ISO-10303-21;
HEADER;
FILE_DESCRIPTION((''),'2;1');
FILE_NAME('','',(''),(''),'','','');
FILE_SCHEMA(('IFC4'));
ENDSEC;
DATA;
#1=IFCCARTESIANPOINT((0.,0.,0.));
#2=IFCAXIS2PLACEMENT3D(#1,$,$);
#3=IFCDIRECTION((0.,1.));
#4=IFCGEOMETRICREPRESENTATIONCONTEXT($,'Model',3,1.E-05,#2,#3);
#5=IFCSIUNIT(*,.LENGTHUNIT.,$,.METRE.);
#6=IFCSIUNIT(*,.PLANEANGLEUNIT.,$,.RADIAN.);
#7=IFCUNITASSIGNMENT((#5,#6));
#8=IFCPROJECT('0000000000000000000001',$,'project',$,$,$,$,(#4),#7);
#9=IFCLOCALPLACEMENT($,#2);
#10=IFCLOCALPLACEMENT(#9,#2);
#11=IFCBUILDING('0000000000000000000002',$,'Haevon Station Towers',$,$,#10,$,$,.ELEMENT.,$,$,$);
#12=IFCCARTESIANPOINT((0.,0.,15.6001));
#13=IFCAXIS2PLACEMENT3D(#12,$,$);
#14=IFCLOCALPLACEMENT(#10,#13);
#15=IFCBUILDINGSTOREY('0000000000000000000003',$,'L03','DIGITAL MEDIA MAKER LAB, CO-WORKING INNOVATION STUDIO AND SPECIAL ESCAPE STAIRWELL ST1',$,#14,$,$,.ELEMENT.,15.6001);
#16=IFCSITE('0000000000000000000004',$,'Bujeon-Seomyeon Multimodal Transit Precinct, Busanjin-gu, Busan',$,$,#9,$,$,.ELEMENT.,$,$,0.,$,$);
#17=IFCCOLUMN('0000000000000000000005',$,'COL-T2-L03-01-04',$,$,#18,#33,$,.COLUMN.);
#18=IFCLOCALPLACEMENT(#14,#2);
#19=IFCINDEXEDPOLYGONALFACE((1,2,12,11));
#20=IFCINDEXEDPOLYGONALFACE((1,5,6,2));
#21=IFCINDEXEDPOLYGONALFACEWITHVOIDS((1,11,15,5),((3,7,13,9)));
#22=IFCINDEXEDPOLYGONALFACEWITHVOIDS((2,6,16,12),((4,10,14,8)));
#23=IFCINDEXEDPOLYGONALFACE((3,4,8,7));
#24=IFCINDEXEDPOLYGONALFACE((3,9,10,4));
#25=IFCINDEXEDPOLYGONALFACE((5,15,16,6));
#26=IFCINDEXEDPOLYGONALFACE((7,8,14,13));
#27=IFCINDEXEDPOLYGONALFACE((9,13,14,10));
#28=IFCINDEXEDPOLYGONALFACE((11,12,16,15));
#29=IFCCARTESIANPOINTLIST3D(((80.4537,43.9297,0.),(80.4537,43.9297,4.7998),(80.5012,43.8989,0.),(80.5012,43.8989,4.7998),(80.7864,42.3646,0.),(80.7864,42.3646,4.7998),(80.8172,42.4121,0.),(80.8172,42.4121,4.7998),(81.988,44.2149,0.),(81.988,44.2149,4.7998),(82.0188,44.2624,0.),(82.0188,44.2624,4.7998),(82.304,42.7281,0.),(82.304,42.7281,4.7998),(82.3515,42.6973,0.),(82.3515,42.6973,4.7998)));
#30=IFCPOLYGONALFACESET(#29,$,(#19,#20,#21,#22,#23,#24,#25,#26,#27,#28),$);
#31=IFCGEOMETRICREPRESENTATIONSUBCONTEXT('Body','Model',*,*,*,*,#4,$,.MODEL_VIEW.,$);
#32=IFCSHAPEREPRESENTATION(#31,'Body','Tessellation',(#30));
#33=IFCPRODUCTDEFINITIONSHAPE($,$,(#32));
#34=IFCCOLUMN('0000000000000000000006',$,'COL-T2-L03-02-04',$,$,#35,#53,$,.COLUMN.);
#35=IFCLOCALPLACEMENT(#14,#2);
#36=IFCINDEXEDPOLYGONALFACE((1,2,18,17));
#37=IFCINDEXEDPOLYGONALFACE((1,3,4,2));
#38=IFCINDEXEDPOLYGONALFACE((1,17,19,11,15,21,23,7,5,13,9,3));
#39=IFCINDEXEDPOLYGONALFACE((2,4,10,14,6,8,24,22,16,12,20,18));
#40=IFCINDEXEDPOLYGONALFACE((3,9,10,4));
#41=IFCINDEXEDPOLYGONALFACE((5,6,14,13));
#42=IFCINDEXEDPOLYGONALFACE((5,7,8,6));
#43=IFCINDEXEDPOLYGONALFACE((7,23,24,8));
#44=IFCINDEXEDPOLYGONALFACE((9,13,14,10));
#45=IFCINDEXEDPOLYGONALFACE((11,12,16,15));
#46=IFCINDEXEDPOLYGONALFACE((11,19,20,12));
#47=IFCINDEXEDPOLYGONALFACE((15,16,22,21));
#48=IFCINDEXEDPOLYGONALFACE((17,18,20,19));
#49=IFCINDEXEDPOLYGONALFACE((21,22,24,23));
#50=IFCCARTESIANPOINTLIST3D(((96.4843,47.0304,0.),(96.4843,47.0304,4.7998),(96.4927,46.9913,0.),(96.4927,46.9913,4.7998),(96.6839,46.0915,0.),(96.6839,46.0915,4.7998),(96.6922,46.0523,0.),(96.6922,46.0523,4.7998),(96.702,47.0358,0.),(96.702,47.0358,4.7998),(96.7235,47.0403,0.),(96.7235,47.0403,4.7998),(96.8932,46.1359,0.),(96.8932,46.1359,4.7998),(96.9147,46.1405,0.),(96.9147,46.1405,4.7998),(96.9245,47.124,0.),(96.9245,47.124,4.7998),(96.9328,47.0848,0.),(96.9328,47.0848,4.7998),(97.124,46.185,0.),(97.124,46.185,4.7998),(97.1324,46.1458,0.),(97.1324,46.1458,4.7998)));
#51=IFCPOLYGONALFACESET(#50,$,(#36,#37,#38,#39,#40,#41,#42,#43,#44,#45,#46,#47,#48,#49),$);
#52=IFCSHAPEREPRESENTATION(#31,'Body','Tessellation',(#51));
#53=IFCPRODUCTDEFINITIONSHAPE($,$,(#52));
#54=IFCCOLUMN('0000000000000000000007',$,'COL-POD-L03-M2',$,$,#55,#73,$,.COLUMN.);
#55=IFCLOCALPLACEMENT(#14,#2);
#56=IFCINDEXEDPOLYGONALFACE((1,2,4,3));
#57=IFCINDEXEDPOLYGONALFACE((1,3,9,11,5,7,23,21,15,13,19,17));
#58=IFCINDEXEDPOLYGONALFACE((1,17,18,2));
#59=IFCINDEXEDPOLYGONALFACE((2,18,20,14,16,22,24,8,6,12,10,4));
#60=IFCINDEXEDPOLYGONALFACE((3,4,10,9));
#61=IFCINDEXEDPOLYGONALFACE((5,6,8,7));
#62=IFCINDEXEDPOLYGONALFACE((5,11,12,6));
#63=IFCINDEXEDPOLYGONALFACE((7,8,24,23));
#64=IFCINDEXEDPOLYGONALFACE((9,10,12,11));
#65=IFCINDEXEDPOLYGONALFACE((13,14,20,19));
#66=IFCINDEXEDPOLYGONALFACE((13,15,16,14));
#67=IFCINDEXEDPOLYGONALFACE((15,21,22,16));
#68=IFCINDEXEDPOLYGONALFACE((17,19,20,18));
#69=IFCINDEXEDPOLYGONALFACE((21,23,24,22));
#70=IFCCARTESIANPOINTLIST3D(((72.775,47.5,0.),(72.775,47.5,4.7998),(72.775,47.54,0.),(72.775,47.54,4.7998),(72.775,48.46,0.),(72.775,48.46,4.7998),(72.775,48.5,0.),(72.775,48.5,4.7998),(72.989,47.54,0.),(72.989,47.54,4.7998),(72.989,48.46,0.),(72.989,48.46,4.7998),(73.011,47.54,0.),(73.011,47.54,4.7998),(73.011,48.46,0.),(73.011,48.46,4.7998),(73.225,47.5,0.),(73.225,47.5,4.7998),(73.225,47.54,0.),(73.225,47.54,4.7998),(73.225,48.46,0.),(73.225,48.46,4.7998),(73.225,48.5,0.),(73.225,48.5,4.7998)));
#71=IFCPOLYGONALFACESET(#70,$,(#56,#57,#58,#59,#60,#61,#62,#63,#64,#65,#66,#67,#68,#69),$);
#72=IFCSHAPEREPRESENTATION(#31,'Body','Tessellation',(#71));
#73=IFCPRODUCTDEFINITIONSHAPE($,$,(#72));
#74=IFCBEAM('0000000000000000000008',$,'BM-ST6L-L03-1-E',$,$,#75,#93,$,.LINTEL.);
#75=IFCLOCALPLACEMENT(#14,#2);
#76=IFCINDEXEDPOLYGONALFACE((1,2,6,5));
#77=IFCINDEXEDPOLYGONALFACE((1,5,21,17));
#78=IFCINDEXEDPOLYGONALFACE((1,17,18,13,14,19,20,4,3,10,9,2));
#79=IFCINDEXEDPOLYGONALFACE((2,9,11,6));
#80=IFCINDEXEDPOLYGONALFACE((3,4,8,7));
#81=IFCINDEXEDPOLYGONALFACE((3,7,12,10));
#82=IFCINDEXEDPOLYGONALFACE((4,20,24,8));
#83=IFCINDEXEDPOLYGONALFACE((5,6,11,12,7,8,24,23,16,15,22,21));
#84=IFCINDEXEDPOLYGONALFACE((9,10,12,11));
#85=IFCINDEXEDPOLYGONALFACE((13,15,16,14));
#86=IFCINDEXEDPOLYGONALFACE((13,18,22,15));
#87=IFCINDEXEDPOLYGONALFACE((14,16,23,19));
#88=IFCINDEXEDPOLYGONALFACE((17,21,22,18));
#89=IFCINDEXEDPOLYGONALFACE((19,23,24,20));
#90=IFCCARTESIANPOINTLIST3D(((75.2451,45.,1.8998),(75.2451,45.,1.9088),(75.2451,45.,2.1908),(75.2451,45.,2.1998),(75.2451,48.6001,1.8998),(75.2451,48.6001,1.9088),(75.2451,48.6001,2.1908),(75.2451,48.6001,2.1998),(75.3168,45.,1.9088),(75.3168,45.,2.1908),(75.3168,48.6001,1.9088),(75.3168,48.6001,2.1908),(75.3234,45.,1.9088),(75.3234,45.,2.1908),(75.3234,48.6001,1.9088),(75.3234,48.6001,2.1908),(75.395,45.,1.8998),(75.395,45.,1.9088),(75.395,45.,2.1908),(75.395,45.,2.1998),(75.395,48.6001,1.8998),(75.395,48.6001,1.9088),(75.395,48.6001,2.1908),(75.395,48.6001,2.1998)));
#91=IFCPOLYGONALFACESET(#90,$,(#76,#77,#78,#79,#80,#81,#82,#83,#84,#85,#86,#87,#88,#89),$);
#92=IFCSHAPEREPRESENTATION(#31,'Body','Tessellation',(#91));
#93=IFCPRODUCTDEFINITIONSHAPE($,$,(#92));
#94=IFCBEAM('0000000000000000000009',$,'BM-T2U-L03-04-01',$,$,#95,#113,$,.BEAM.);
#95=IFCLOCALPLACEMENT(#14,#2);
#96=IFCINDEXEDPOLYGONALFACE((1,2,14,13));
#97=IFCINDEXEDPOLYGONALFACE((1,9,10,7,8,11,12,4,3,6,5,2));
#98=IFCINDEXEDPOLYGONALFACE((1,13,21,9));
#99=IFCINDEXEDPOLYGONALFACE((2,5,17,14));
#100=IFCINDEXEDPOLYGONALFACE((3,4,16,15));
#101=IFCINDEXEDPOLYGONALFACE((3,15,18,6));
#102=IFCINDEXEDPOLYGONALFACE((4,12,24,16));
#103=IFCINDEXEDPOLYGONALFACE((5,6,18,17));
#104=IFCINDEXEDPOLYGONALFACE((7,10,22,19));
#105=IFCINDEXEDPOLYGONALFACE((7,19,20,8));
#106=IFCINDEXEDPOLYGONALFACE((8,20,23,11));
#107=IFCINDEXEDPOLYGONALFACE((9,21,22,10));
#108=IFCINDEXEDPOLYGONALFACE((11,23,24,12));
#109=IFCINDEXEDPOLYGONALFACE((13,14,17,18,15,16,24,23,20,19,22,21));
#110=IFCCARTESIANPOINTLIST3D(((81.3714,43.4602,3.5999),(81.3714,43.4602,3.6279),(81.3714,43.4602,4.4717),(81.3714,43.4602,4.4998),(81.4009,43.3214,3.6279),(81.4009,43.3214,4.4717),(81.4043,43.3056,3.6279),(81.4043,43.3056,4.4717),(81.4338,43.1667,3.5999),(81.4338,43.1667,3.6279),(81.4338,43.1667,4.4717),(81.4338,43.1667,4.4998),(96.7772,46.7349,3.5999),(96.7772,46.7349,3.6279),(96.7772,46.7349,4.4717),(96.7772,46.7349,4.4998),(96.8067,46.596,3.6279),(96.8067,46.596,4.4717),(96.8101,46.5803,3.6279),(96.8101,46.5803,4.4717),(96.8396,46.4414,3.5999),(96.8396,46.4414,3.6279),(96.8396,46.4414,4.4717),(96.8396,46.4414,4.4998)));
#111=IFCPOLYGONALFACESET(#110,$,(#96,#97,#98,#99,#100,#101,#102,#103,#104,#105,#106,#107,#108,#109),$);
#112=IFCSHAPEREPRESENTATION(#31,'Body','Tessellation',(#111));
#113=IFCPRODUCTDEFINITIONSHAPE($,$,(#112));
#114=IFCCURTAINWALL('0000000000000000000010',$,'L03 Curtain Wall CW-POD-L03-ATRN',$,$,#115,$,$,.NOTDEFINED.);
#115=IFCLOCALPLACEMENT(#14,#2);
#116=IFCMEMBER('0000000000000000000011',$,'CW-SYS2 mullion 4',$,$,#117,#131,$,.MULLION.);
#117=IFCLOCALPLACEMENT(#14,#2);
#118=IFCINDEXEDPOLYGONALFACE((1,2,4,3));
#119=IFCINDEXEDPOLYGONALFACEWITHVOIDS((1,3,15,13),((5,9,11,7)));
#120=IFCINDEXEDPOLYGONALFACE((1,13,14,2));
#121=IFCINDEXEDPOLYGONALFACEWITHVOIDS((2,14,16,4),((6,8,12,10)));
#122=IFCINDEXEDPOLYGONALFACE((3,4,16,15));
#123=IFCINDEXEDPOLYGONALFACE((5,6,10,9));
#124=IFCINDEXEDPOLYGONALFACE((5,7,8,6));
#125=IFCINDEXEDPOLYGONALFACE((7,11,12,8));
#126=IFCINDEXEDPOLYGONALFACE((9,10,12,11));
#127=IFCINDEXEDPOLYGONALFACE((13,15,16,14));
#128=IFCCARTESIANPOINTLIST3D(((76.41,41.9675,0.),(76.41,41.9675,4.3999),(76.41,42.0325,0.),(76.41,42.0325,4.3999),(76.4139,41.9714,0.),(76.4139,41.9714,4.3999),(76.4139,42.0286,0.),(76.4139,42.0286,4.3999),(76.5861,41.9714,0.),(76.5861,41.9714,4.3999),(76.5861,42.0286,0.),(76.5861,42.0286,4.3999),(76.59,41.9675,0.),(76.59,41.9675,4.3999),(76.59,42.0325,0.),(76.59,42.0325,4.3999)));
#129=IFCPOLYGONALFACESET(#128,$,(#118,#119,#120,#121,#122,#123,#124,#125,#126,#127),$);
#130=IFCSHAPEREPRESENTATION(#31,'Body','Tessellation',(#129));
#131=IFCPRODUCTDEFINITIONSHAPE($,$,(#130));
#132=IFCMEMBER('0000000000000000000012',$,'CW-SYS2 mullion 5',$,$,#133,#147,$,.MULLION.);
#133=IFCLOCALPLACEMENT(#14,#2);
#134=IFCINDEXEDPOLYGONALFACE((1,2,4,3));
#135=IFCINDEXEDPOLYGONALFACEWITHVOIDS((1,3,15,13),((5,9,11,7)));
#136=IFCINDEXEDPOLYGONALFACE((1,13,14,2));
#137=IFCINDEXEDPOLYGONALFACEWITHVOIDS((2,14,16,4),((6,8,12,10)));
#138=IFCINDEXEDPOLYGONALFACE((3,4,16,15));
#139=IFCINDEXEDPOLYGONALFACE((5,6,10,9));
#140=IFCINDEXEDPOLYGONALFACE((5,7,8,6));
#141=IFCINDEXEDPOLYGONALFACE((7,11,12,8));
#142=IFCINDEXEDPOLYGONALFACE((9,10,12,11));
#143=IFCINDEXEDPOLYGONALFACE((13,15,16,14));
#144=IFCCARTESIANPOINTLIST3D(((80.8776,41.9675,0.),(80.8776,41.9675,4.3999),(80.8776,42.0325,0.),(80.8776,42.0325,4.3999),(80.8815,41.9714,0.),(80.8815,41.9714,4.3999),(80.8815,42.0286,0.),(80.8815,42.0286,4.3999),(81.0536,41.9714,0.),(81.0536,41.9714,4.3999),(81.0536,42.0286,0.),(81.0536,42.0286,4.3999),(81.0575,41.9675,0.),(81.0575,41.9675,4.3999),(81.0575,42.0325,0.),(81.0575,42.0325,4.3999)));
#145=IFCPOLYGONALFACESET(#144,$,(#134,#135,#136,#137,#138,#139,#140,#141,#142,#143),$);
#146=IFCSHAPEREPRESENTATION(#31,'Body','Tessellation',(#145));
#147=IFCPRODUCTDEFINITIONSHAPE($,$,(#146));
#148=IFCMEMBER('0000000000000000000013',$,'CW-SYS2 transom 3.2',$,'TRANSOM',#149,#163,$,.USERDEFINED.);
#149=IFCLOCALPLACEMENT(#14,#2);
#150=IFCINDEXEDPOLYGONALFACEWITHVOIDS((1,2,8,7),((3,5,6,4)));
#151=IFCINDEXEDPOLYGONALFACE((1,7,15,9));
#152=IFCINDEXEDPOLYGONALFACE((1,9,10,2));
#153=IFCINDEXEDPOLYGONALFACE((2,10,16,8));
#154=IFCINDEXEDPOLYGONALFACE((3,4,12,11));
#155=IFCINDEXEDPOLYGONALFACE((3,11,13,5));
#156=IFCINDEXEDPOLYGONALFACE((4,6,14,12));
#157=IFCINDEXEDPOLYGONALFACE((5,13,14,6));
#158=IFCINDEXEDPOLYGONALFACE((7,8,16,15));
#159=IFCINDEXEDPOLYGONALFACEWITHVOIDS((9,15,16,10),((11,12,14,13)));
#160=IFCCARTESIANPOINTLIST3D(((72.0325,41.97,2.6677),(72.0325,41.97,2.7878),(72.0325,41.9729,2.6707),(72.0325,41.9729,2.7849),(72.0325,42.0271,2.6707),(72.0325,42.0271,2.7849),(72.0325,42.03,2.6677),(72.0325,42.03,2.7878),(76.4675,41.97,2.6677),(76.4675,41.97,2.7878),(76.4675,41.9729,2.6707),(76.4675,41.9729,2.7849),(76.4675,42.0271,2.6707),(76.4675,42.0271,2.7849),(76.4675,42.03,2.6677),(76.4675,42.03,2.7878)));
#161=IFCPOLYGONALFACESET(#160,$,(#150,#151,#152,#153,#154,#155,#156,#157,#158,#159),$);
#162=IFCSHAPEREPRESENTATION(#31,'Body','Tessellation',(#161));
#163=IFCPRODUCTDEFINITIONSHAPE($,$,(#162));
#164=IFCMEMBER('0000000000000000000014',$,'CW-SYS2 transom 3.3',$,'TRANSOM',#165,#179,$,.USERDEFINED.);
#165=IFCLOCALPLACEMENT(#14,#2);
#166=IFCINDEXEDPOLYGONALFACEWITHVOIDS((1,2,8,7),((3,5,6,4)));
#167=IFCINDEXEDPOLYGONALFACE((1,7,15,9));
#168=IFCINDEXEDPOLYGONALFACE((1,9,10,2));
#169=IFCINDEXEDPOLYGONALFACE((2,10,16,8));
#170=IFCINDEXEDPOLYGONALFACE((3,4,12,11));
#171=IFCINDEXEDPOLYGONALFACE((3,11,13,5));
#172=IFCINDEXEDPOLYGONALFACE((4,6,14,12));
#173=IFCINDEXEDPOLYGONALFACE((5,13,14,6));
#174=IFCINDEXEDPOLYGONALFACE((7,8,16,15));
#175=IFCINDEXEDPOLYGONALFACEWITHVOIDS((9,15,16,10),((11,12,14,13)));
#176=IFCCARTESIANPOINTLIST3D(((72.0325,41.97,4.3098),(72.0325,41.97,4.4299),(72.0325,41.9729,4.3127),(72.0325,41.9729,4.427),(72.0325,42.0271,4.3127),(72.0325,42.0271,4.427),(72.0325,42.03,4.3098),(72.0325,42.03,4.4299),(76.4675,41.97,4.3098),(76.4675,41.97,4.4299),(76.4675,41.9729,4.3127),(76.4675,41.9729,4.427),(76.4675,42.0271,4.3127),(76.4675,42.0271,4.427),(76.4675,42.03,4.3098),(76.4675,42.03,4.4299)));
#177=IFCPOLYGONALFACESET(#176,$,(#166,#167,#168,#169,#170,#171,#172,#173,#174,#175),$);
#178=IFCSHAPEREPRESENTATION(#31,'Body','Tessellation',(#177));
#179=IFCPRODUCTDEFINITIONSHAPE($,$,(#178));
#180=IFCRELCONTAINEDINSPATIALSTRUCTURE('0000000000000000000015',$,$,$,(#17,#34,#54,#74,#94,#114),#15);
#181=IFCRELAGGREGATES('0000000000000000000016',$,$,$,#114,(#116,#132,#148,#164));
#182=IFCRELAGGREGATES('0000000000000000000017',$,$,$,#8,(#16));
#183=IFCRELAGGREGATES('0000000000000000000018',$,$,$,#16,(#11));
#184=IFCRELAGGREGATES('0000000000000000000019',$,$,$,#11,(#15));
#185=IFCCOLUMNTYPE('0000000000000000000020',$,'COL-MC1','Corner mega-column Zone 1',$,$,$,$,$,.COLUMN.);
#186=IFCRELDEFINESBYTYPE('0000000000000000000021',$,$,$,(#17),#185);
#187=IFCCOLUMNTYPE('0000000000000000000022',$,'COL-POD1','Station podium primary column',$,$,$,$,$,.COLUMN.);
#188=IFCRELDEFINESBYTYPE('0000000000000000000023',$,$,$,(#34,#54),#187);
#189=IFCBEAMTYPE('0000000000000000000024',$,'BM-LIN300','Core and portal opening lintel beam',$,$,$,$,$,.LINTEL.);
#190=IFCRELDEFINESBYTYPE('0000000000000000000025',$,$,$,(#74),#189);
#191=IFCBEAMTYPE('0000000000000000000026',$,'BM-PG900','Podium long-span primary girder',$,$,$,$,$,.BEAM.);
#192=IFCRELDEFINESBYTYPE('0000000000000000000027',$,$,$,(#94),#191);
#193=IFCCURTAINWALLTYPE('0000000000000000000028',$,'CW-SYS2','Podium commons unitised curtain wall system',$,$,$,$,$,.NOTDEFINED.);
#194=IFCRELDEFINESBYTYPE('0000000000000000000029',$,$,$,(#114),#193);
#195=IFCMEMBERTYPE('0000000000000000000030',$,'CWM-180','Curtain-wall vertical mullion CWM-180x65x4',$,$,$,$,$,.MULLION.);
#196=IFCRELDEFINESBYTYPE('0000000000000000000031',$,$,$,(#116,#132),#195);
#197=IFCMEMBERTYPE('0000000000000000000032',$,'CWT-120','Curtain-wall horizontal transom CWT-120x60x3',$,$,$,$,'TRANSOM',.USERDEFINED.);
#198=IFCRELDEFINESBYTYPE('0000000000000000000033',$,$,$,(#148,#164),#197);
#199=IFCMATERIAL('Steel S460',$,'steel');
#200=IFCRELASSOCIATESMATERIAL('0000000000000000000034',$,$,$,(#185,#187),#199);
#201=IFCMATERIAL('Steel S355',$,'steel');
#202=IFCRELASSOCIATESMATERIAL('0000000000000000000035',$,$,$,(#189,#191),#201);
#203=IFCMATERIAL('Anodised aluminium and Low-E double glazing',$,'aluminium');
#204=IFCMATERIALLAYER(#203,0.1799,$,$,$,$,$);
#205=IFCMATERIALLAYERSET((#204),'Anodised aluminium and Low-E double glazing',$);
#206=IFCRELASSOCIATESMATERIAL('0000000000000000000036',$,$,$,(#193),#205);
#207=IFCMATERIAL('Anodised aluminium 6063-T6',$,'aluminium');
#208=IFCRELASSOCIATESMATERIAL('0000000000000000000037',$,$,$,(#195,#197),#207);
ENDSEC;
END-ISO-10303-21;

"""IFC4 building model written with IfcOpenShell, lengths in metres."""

from ifc_helpers import new_model, si_unit, direction, frame, origin, origin_2d, place, context, subcontext, project, spatial, hollow_rectangle, i_section, extrude, material, layer, layer_set, material_profile, profile_set, type_object, element, aggregate, save


model = new_model("IFC4")

# Units and contexts
model_context = context("Model", 3, precision=1e-05, world=origin(), true_north=direction((0.0, 1.0)))
body_context = subcontext(model_context, "Body", "Model", "MODEL_VIEW")
ifc_project = project(units=[si_unit("LENGTHUNIT", "METRE"), si_unit("PLANEANGLEUNIT", "RADIAN")], contexts=[model_context])

# Site, building, storey
site_placement = place(None, origin())
site = spatial("IfcSite", under=ifc_project, at=site_placement, Name="Bujeon-Seomyeon Multimodal Transit Precinct, Busanjin-gu, Busan", CompositionType="ELEMENT", RefElevation=0.0)
building_placement = place(site_placement, origin())
building = spatial("IfcBuilding", under=site, at=building_placement, Name="Haevon Station Towers", CompositionType="ELEMENT")
storey_placement = place(building_placement, frame((0.0, 0.0, 15.6001)))
storey = spatial("IfcBuildingStorey", under=building, at=storey_placement, Name="L03", Description="DIGITAL MEDIA MAKER LAB, CO-WORKING INNOVATION STUDIO AND SPECIAL ESCAPE STAIRWELL ST1", CompositionType="ELEMENT", Elevation=15.6001)

# Columns
ifc_material_1 = material(Name="Steel S460", Category="steel")
ifc_material_profile_1 = material_profile(ifc_material_1, hollow_rectangle(XDim=1.6001, YDim=1.6001, WallThickness=0.04, at=origin_2d()), Name="BOX-1600x1600x40")
ifc_profile_set_1 = profile_set([ifc_material_profile_1], Name="Steel S460")
column_type_1 = type_object("IfcColumnType", Name="COL-MC1", Description="Corner mega-column Zone 1", PredefinedType="COLUMN", material=ifc_profile_set_1)
column_placement = place(storey_placement, frame((81.4026, 43.3135, 0.0), z_axis=(0.0, 0.0, 1.0), x_axis=(0.978148, 0.207912, 0.0)))
element("IfcColumn", 1, at=column_placement, inside=storey, type_object=column_type_1, Name="COL-T2-L03-01-04", PredefinedType="COLUMN", context=body_context, shape_type="SweptSolid", body=[
    extrude(hollow_rectangle(XDim=1.6001, YDim=1.6001, WallThickness=0.04, at=origin_2d()), origin(), (0.0, 0.0, 1.0), 4.7998),
])
ifc_material_profile_2 = material_profile(ifc_material_1, i_section(OverallWidth=0.45, OverallDepth=1.0, WebThickness=0.022, FlangeThickness=0.04, at=origin_2d()), Name="H-1000x450x22x40")
ifc_profile_set_2 = profile_set([ifc_material_profile_2], Name="Steel S460")
column_type_2 = type_object("IfcColumnType", Name="COL-POD1", Description="Station podium primary column", PredefinedType="COLUMN", material=ifc_profile_set_2)
for number, where, z_axis, x_axis, name in (
    (2, (96.8083, 46.5881, 0.0), (0.0, 0.0, 1.0), (0.978148, 0.207912, 0.0), "COL-T2-L03-02-04"),
    (3, (73.0, 48.0, 0.0), (0.0, 0.0, 1.0), (1.0, 0.0, 0.0), "COL-POD-L03-M2"),
):
    element("IfcColumn", number, at=place(storey_placement, frame(where, z_axis=z_axis, x_axis=x_axis)), inside=storey, type_object=column_type_2, Name=name, PredefinedType="COLUMN", context=body_context, shape_type="SweptSolid", body=[
        extrude(i_section(OverallWidth=0.45, OverallDepth=1.0, WebThickness=0.022, FlangeThickness=0.04, at=origin_2d()), origin(), (0.0, 0.0, 1.0), 4.7998),
    ])

# Beams
ifc_material_2 = material(Name="Steel S355", Category="steel")
ifc_material_profile_3 = material_profile(ifc_material_2, i_section(OverallWidth=0.1499, OverallDepth=0.3, WebThickness=0.0066, FlangeThickness=0.009, at=origin_2d()), Name="H-300x150x6.5x9")
ifc_profile_set_3 = profile_set([ifc_material_profile_3], Name="Steel S355")
beam_type_1 = type_object("IfcBeamType", Name="BM-LIN300", Description="Core and portal opening lintel beam", PredefinedType="LINTEL", material=ifc_profile_set_3)
beam_1_placement = place(storey_placement, frame((75.3201, 45.0, 2.0498), z_axis=(0.0, 1.0, 0.0), x_axis=(-1.0, 0.0, 0.0)))
element("IfcBeam", 4, at=beam_1_placement, inside=storey, type_object=beam_type_1, Name="BM-ST6L-L03-1-E", PredefinedType="LINTEL", context=body_context, shape_type="SweptSolid", body=[
    extrude(i_section(OverallWidth=0.1499, OverallDepth=0.3, WebThickness=0.0066, FlangeThickness=0.009, at=origin_2d()), origin(), (0.0, 0.0, 1.0), 3.6001),
])
ifc_material_profile_4 = material_profile(ifc_material_2, i_section(OverallWidth=0.3, OverallDepth=0.8999, WebThickness=0.0161, FlangeThickness=0.0281, at=origin_2d()), Name="H-900x300x16x28")
ifc_profile_set_4 = profile_set([ifc_material_profile_4], Name="Steel S355")
beam_type_2 = type_object("IfcBeamType", Name="BM-PG900", Description="Podium long-span primary girder", PredefinedType="BEAM", material=ifc_profile_set_4)
beam_2_placement = place(storey_placement, frame((81.4026, 43.3135, 4.0498), z_axis=(0.978147, 0.207915, 0.0), x_axis=(-0.207915, 0.978147, 0.0)))
element("IfcBeam", 5, at=beam_2_placement, inside=storey, type_object=beam_type_2, Name="BM-T2U-L03-04-01", PredefinedType="BEAM", context=body_context, shape_type="SweptSolid", body=[
    extrude(i_section(OverallWidth=0.3, OverallDepth=0.8999, WebThickness=0.0161, FlangeThickness=0.0281, at=origin_2d()), origin(), (0.0, 0.0, 1.0), 15.75),
])

# Curtain wall, members
ifc_material_3 = material(Name="Anodised aluminium and Low-E double glazing", Category="aluminium")
ifc_layer_1 = layer(ifc_material_3, 0.1799)
ifc_layer_set_1 = layer_set([ifc_layer_1], Name="Anodised aluminium and Low-E double glazing")
curtain_wall_type = type_object("IfcCurtainWallType", Name="CW-SYS2", Description="Podium commons unitised curtain wall system", PredefinedType="NOTDEFINED", material=ifc_layer_set_1)
curtain_wall_placement = place(storey_placement, origin())
curtain_wall = element("IfcCurtainWall", 6, at=curtain_wall_placement, inside=storey, type_object=curtain_wall_type, Name="L03 Curtain Wall CW-POD-L03-ATRN", PredefinedType="NOTDEFINED")
ifc_material_4 = material(Name="Anodised aluminium 6063-T6", Category="aluminium")
ifc_material_profile_5 = material_profile(ifc_material_4, hollow_rectangle(XDim=0.0649, YDim=0.1799, WallThickness=0.0039, at=origin_2d()), Name="CWM-180x65x4")
ifc_profile_set_5 = profile_set([ifc_material_profile_5], Name="Anodised aluminium 6063-T6")
member_type_1 = type_object("IfcMemberType", Name="CWM-180", Description="Curtain-wall vertical mullion CWM-180x65x4", PredefinedType="MULLION", material=ifc_profile_set_5)
member_1_placement = place(storey_placement, frame((76.5, 42.0, 0.0), z_axis=(0.0, 0.0, 1.0), x_axis=(0.0, 1.0, 0.0)))
member_1 = element("IfcMember", 7, at=member_1_placement, type_object=member_type_1, Name="CW-SYS2 mullion 4", PredefinedType="MULLION", context=body_context, shape_type="SweptSolid", body=[
    extrude(hollow_rectangle(XDim=0.0649, YDim=0.1799, WallThickness=0.0039, at=origin_2d()), origin(), (0.0, 0.0, 1.0), 4.3999),
])
member_2_placement = place(storey_placement, frame((80.9675, 42.0, 0.0), z_axis=(0.0, 0.0, 1.0), x_axis=(0.0, 1.0, 0.0)))
member_2 = element("IfcMember", 8, at=member_2_placement, type_object=member_type_1, Name="CW-SYS2 mullion 5", PredefinedType="MULLION", context=body_context, shape_type="SweptSolid", body=[
    extrude(hollow_rectangle(XDim=0.0649, YDim=0.1799, WallThickness=0.0039, at=origin_2d()), origin(), (0.0, 0.0, 1.0), 4.3999),
])
ifc_material_profile_6 = material_profile(ifc_material_4, hollow_rectangle(XDim=0.0601, YDim=0.1201, WallThickness=0.0029, at=origin_2d()), Name="CWT-120x60x3")
ifc_profile_set_6 = profile_set([ifc_material_profile_6], Name="Anodised aluminium 6063-T6")
member_type_2 = type_object("IfcMemberType", Name="CWT-120", Description="Curtain-wall horizontal transom CWT-120x60x3", ElementType="TRANSOM", PredefinedType="USERDEFINED", material=ifc_profile_set_6)
member_3_placement = place(storey_placement, frame((72.0325, 42.0, 2.7278), z_axis=(1.0, 0.0, 0.0), x_axis=(0.0, 1.0, 0.0)))
member_3 = element("IfcMember", 9, at=member_3_placement, type_object=member_type_2, Name="CW-SYS2 transom 3.2", ObjectType="TRANSOM", PredefinedType="USERDEFINED", context=body_context, shape_type="SweptSolid", body=[
    extrude(hollow_rectangle(XDim=0.0601, YDim=0.1201, WallThickness=0.0029, at=origin_2d()), origin(), (0.0, 0.0, 1.0), 4.4351),
])
member_4_placement = place(storey_placement, frame((72.0325, 42.0, 4.3699), z_axis=(1.0, 0.0, 0.0), x_axis=(0.0, 1.0, 0.0)))
member_4 = element("IfcMember", 10, at=member_4_placement, type_object=member_type_2, Name="CW-SYS2 transom 3.3", ObjectType="TRANSOM", PredefinedType="USERDEFINED", context=body_context, shape_type="SweptSolid", body=[
    extrude(hollow_rectangle(XDim=0.0601, YDim=0.1201, WallThickness=0.0029, at=origin_2d()), origin(), (0.0, 0.0, 1.0), 4.4351),
])
aggregate(curtain_wall, [member_1, member_2, member_3, member_4])

save(model, "model.ifc")
